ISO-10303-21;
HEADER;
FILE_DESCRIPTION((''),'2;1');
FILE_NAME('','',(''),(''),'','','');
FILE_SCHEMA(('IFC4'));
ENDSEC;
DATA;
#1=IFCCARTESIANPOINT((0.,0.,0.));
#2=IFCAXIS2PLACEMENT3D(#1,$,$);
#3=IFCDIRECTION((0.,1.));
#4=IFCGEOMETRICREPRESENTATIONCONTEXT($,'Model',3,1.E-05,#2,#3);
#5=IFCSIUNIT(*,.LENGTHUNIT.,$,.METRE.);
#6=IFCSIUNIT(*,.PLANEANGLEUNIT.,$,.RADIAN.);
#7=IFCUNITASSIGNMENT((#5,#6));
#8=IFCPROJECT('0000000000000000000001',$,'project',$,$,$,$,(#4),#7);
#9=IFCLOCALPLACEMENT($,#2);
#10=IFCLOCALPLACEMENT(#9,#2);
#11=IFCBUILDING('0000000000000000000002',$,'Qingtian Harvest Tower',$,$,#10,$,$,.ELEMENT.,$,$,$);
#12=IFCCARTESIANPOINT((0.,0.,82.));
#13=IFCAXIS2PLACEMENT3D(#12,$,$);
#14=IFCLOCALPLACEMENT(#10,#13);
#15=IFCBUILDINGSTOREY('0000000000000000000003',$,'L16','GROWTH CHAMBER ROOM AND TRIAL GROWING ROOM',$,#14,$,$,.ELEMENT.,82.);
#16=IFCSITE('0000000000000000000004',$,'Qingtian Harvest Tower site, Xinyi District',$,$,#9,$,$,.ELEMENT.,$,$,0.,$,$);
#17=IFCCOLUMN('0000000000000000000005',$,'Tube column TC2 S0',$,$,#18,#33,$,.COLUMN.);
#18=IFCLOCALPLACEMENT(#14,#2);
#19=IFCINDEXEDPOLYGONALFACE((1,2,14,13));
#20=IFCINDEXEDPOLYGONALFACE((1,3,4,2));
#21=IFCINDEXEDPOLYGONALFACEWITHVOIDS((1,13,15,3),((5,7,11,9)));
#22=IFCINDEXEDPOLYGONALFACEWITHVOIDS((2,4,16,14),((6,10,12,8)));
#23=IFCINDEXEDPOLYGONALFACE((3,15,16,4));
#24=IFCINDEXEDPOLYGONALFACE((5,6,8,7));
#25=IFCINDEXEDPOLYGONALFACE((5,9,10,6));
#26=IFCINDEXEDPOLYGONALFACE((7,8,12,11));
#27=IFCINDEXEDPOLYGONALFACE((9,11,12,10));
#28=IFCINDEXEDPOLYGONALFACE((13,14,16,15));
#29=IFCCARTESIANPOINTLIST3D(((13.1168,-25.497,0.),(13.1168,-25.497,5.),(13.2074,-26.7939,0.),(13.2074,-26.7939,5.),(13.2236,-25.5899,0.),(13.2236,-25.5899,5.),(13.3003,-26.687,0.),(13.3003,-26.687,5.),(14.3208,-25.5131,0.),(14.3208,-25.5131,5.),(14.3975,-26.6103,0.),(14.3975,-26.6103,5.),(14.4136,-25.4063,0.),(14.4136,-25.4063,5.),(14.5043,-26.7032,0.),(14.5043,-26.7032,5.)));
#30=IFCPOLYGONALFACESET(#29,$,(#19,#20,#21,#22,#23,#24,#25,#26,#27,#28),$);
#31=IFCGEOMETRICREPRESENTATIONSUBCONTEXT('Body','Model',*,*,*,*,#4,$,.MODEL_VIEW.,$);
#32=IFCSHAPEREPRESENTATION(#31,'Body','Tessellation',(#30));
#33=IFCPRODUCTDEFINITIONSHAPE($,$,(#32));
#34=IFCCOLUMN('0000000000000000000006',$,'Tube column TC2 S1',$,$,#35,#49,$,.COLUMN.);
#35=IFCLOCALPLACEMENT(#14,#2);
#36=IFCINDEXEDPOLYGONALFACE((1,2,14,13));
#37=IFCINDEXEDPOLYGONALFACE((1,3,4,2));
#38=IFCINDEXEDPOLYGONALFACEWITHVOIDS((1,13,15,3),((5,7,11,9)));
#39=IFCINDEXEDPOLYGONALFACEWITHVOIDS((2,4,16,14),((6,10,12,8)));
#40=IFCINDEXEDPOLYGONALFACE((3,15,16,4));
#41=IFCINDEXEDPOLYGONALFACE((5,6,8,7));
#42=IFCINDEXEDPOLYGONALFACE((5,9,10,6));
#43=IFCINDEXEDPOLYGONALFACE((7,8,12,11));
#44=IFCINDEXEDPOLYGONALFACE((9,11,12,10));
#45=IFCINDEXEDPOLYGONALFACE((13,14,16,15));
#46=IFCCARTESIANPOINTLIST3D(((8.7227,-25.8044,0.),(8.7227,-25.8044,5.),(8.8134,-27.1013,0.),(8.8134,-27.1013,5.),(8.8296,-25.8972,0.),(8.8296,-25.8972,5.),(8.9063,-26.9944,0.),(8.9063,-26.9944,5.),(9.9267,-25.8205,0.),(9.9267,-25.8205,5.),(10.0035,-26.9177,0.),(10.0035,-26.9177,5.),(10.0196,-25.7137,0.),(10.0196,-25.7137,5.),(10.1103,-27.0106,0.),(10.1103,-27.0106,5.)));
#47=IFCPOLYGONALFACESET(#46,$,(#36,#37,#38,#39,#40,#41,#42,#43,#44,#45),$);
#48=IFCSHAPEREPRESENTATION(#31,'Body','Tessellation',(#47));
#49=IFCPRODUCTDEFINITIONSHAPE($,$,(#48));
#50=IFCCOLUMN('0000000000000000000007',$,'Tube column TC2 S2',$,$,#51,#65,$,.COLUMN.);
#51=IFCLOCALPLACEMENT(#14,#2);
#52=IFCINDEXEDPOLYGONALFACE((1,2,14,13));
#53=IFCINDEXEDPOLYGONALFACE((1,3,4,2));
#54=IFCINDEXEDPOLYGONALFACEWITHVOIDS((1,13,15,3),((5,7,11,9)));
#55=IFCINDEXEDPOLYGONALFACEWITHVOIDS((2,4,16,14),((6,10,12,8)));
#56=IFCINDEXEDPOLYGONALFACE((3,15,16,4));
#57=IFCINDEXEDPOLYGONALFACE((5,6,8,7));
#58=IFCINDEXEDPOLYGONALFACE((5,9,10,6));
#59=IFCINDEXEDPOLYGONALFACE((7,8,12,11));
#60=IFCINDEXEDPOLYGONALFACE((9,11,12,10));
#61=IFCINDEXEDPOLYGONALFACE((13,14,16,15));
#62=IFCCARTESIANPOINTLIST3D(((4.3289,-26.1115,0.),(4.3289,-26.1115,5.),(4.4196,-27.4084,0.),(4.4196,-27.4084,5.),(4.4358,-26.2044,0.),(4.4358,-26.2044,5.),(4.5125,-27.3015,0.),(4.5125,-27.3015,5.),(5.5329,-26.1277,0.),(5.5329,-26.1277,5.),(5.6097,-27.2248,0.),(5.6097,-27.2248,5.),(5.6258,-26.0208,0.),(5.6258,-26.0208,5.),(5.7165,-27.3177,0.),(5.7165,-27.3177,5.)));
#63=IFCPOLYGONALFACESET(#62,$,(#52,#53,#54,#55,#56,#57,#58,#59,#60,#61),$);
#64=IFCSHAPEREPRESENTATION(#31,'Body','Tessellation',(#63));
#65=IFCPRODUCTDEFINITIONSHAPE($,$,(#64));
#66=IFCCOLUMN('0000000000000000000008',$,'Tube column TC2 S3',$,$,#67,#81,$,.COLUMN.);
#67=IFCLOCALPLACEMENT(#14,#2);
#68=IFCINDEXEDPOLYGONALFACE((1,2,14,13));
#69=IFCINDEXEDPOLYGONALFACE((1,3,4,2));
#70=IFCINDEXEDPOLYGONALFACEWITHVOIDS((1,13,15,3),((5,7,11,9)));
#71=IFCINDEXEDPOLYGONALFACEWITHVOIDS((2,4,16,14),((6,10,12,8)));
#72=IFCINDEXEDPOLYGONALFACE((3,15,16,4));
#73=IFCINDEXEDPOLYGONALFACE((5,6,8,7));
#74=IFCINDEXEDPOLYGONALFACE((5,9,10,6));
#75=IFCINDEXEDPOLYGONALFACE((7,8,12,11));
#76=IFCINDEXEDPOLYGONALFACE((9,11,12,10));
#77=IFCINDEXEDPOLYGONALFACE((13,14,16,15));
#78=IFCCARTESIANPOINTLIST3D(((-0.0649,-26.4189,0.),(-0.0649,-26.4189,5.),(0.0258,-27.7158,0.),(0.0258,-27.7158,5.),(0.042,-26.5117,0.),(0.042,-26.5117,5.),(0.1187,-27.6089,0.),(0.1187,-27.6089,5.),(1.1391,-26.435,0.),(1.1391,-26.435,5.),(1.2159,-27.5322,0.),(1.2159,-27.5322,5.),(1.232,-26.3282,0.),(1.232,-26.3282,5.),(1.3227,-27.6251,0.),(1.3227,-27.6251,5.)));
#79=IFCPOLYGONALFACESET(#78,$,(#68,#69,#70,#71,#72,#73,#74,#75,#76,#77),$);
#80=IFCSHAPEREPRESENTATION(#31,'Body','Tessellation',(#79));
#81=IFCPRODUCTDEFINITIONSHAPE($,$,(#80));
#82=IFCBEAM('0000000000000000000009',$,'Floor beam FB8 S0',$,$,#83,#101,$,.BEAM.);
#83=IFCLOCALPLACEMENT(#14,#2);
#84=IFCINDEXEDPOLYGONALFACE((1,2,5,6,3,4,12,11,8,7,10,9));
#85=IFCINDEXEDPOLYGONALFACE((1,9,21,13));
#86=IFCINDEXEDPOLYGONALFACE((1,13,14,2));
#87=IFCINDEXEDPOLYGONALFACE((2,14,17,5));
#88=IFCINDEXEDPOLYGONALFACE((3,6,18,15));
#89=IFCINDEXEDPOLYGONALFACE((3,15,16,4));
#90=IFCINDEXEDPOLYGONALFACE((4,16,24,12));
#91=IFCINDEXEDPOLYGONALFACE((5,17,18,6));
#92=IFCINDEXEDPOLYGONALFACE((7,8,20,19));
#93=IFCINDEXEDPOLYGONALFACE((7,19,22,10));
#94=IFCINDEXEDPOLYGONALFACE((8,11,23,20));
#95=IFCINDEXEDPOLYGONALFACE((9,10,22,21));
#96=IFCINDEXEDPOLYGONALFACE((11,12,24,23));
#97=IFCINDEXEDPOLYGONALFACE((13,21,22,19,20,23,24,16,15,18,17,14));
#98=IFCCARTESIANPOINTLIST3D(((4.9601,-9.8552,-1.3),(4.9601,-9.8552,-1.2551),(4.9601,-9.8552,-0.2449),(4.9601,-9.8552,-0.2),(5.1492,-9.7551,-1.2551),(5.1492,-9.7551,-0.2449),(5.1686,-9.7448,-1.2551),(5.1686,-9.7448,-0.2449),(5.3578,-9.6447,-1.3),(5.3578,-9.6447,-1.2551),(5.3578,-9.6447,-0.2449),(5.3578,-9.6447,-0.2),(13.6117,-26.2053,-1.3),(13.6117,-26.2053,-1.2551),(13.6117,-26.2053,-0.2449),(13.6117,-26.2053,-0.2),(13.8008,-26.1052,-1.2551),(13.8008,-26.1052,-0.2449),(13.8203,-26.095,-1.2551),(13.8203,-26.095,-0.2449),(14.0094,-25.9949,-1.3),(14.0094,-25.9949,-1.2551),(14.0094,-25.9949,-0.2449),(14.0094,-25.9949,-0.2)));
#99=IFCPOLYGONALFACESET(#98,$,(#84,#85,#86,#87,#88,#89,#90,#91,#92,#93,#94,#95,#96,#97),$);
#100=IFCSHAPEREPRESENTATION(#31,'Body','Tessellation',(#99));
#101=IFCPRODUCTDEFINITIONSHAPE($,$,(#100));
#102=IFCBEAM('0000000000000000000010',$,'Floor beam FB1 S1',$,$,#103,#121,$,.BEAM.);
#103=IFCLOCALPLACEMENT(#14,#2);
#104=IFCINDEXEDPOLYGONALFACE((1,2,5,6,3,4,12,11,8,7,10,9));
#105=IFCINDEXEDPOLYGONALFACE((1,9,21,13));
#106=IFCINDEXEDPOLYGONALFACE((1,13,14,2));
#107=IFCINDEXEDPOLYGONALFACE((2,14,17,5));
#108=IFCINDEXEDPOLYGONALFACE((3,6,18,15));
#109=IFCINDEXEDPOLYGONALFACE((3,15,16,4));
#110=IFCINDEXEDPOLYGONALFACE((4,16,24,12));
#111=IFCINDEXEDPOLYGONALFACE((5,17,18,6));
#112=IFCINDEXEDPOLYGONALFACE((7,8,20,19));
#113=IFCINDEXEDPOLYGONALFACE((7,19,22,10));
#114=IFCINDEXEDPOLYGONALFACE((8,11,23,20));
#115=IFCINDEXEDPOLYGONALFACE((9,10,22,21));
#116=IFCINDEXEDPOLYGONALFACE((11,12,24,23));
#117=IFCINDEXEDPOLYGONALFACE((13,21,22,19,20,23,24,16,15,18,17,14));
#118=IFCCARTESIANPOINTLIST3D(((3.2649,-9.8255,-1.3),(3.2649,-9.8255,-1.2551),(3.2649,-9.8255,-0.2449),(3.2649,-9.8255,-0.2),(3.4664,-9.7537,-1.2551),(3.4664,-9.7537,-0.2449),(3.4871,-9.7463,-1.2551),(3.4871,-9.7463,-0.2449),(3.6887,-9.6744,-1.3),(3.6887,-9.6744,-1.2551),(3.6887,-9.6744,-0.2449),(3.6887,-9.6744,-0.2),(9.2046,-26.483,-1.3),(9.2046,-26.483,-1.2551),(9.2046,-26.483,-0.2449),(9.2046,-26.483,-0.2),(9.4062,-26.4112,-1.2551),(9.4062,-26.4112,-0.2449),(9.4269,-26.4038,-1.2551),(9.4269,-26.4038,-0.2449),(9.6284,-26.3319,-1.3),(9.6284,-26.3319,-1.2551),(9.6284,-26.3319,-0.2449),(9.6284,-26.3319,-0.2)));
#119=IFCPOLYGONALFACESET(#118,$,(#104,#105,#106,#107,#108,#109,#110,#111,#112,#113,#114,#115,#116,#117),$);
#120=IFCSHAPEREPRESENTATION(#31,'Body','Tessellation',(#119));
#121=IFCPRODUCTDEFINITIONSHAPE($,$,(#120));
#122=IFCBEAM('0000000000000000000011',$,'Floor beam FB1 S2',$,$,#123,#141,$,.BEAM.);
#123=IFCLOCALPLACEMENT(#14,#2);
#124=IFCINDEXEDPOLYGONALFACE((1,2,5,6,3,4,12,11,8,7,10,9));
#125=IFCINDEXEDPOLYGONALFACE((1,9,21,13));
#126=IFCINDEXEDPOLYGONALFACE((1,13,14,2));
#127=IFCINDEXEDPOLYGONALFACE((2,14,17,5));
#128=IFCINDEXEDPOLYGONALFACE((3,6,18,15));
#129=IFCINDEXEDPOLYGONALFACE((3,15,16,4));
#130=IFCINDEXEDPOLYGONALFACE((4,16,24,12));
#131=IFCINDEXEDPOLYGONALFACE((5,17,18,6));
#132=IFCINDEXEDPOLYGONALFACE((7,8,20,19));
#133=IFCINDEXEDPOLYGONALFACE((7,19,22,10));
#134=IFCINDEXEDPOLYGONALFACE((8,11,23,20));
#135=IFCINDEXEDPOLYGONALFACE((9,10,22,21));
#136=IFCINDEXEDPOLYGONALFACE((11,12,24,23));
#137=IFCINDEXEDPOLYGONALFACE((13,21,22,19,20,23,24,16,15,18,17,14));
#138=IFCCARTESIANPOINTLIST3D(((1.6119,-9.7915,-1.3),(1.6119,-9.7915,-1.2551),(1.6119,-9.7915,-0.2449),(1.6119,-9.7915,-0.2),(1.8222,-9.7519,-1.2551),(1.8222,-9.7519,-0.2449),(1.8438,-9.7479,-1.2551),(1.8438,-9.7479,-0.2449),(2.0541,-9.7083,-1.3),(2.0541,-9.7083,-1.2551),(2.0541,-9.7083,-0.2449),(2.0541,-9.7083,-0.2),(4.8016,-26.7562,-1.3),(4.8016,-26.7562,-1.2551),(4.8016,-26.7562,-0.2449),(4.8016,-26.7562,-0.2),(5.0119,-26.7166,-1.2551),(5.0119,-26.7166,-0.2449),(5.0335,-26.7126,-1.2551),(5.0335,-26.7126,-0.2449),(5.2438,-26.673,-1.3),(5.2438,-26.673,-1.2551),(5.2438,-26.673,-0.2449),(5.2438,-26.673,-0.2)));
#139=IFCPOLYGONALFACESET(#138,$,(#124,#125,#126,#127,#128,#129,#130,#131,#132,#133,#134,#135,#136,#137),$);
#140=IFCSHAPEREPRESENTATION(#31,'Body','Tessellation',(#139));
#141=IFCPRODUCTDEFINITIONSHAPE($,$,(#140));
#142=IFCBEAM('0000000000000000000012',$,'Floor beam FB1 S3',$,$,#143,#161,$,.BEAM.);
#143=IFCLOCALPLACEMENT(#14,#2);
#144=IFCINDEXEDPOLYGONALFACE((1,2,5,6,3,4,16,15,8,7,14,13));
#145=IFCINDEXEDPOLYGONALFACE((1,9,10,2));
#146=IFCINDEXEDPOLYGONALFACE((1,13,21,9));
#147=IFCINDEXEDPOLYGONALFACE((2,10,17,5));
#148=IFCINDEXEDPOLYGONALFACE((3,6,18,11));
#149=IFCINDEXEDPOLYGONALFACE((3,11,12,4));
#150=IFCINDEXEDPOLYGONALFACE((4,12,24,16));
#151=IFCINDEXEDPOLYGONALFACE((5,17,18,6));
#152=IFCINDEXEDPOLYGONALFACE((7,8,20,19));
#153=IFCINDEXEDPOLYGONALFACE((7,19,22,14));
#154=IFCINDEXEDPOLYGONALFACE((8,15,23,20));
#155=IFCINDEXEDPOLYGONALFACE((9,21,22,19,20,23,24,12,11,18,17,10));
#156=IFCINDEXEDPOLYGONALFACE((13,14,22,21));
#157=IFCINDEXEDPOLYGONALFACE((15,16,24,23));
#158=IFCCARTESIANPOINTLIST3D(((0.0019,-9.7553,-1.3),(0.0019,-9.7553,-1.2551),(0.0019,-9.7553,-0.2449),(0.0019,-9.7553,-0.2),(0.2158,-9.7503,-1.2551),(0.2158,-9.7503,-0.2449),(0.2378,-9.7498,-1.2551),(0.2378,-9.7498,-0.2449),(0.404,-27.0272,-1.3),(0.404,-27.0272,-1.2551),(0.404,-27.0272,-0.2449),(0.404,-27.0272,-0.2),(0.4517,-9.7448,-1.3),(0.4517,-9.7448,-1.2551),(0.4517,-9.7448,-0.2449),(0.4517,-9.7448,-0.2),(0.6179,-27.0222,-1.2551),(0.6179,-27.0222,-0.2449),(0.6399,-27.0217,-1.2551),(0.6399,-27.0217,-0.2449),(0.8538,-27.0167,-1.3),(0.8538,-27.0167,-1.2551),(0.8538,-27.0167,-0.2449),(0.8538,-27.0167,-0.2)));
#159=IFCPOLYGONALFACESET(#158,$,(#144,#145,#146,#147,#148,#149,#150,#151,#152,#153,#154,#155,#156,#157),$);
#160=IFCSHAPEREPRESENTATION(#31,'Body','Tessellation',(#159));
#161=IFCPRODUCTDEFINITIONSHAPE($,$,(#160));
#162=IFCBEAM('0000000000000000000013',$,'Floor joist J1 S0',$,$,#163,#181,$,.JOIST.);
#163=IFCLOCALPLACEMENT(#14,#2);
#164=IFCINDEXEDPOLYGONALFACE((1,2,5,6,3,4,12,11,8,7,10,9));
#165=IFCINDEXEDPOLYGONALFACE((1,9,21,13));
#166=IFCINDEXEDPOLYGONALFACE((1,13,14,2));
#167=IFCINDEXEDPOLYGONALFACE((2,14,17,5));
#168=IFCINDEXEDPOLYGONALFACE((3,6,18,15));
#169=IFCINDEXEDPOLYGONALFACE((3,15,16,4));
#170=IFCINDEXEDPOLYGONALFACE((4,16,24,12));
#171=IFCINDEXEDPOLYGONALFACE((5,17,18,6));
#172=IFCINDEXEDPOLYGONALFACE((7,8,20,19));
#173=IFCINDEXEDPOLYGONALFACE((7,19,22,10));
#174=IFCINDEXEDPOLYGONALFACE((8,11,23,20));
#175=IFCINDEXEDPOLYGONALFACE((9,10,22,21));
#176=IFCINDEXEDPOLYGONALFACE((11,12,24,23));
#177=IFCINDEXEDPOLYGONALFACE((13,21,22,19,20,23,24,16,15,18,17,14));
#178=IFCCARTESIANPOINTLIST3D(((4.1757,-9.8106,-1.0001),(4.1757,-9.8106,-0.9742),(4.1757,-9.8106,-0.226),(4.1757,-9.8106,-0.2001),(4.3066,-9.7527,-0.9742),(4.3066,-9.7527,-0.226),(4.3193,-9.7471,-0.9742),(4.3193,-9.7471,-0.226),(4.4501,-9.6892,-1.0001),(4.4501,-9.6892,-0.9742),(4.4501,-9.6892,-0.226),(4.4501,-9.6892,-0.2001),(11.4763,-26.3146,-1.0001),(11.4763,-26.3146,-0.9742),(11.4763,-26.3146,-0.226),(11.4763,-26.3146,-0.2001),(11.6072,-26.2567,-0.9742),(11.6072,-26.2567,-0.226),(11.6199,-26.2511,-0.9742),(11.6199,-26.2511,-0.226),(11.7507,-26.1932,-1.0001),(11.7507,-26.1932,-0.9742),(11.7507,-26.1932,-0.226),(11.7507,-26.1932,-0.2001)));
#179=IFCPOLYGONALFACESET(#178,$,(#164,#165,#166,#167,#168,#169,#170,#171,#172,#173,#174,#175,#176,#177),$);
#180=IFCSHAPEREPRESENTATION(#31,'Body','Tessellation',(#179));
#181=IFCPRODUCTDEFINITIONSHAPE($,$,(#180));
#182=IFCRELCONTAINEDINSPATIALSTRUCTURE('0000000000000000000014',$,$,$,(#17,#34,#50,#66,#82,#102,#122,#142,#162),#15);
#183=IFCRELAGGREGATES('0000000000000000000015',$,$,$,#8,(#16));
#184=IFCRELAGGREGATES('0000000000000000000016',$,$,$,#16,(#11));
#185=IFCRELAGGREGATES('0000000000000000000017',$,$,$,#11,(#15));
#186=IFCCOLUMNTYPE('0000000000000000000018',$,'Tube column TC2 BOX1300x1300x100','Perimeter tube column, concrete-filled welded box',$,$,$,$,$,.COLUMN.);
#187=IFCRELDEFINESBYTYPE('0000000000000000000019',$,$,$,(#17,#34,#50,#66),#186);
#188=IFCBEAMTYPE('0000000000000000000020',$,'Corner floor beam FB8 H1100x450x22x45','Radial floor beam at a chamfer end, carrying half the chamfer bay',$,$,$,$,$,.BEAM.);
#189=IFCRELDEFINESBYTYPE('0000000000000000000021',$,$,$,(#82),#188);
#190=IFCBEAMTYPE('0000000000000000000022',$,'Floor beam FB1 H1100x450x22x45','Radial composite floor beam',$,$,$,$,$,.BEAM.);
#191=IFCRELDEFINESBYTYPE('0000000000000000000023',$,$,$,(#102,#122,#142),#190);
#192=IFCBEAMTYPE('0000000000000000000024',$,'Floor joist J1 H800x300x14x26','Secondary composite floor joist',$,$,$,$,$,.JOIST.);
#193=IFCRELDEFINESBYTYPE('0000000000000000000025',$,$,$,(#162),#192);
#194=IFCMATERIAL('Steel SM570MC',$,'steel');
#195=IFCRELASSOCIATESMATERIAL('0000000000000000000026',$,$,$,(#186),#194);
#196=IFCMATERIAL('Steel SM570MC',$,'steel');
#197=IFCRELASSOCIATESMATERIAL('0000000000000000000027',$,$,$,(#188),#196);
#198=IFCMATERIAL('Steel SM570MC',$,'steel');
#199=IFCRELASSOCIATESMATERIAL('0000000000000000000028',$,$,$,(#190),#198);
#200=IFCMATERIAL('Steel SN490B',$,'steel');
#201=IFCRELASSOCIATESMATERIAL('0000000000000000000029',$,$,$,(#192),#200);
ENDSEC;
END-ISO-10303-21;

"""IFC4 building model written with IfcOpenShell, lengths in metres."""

from ifc_helpers import new_model, si_unit, direction, frame, origin, origin_2d, place, context, subcontext, project, spatial, hollow_rectangle, i_section, extrude, material, material_profile, profile_set, type_object, element, save


model = new_model("IFC4")

# Units and contexts
model_context = context("Model", 3, precision=1e-05, world=origin(), true_north=direction((0.0, 1.0)))
body_context = subcontext(model_context, "Body", "Model", "MODEL_VIEW")
ifc_project = project(units=[si_unit("LENGTHUNIT", "METRE"), si_unit("PLANEANGLEUNIT", "RADIAN")], contexts=[model_context])

# Site, building, storey
site_placement = place(None, origin())
site = spatial("IfcSite", under=ifc_project, at=site_placement, Name="Qingtian Harvest Tower site, Xinyi District", CompositionType="ELEMENT", RefElevation=0.0)
building_placement = place(site_placement, origin())
building = spatial("IfcBuilding", under=site, at=building_placement, Name="Qingtian Harvest Tower", CompositionType="ELEMENT")
storey_placement = place(building_placement, frame((0.0, 0.0, 82.0)))
storey = spatial("IfcBuildingStorey", under=building, at=storey_placement, Name="L16", Description="GROWTH CHAMBER ROOM AND TRIAL GROWING ROOM", CompositionType="ELEMENT", Elevation=82.0)

# Columns
ifc_material_1 = material(Name="Steel SM570MC", Category="steel")
ifc_material_profile_1 = material_profile(ifc_material_1, hollow_rectangle(XDim=1.3, YDim=1.3, WallThickness=0.1001, at=origin_2d()), Name="BOX1300x1300x100")
ifc_profile_set_1 = profile_set([ifc_material_profile_1], Name="Steel SM570MC")
column_type = type_object("IfcColumnType", Name="Tube column TC2 BOX1300x1300x100", Description="Perimeter tube column, concrete-filled welded box", PredefinedType="COLUMN", material=ifc_profile_set_1)
for number, where, z_axis, x_axis, name in (
    (1, (13.8105, -26.1001, 0.0), (0.0, 0.0, 1.0), (0.997564, 0.069756, 0.0), "Tube column TC2 S0"),
    (2, (9.4165, -26.4075, 0.0), (0.0, 0.0, 1.0), (0.997564, 0.069756, 0.0), "Tube column TC2 S1"),
    (3, (5.0227, -26.7146, 0.0), (0.0, 0.0, 1.0), (0.997564, 0.069756, 0.0), "Tube column TC2 S2"),
    (4, (0.6289, -27.022, 0.0), (0.0, 0.0, 1.0), (0.997564, 0.069756, 0.0), "Tube column TC2 S3"),
):
    element("IfcColumn", number, at=place(storey_placement, frame(where, z_axis=z_axis, x_axis=x_axis)), inside=storey, type_object=column_type, Name=name, PredefinedType="COLUMN", context=body_context, shape_type="SweptSolid", body=[
        extrude(hollow_rectangle(XDim=1.3, YDim=1.3, WallThickness=0.1001, at=origin_2d()), origin(), (0.0, 0.0, 1.0), 5.0),
    ])

# Beams
ifc_material_2 = material(Name="Steel SM570MC", Category="steel")
ifc_material_profile_2 = material_profile(ifc_material_2, i_section(OverallWidth=0.45, OverallDepth=1.1001, WebThickness=0.022, FlangeThickness=0.0449, at=origin_2d()), Name="H1100x450x22x45")
ifc_profile_set_2 = profile_set([ifc_material_profile_2], Name="Steel SM570MC")
beam_type_1 = type_object("IfcBeamType", Name="Corner floor beam FB8 H1100x450x22x45", Description="Radial floor beam at a chamfer end, carrying half the chamfer bay", PredefinedType="BEAM", material=ifc_profile_set_2)
beam_1_placement = place(storey_placement, frame((13.8105, -26.1001, -0.75), z_axis=(-0.467705, 0.883885, 0.0), x_axis=(-0.883885, -0.467705, 0.0)))
element("IfcBeam", 5, at=beam_1_placement, inside=storey, type_object=beam_type_1, Name="Floor beam FB8 S0", PredefinedType="BEAM", context=body_context, shape_type="SweptSolid", body=[
    extrude(i_section(OverallWidth=0.45, OverallDepth=1.1001, WebThickness=0.022, FlangeThickness=0.0449, at=origin_2d()), origin(), (0.0, 0.0, 1.0), 18.498),
])
ifc_material_3 = material(Name="Steel SM570MC", Category="steel")
ifc_material_profile_3 = material_profile(ifc_material_3, i_section(OverallWidth=0.45, OverallDepth=1.1001, WebThickness=0.022, FlangeThickness=0.0449, at=origin_2d()), Name="H1100x450x22x45")
ifc_profile_set_3 = profile_set([ifc_material_profile_3], Name="Steel SM570MC")
beam_type_2 = type_object("IfcBeamType", Name="Floor beam FB1 H1100x450x22x45", Description="Radial composite floor beam", PredefinedType="BEAM", material=ifc_profile_set_3)
beam_2_placement = place(storey_placement, frame((9.4165, -26.4075, -0.75), z_axis=(-0.335865, 0.94191, 0.0), x_axis=(-0.94191, -0.335865, 0.0)))
element("IfcBeam", 6, at=beam_2_placement, inside=storey, type_object=beam_type_2, Name="Floor beam FB1 S1", PredefinedType="BEAM", context=body_context, shape_type="SweptSolid", body=[
    extrude(i_section(OverallWidth=0.45, OverallDepth=1.1001, WebThickness=0.022, FlangeThickness=0.0449, at=origin_2d()), origin(), (0.0, 0.0, 1.0), 17.6848),
])
beam_3_placement = place(storey_placement, frame((5.0227, -26.7146, -0.75), z_axis=(-0.184783, 0.982779, 0.0), x_axis=(-0.982779, -0.184783, 0.0)))
element("IfcBeam", 7, at=beam_3_placement, inside=storey, type_object=beam_type_2, Name="Floor beam FB1 S2", PredefinedType="BEAM", context=body_context, shape_type="SweptSolid", body=[
    extrude(i_section(OverallWidth=0.45, OverallDepth=1.1001, WebThickness=0.022, FlangeThickness=0.0449, at=origin_2d()), origin(), (0.0, 0.0, 1.0), 17.262),
])
beam_4_placement = place(storey_placement, frame((0.6289, -27.022, -0.75), z_axis=(-0.023274, 0.999729, 0.0), x_axis=(-0.999729, -0.023274, 0.0)))
element("IfcBeam", 8, at=beam_4_placement, inside=storey, type_object=beam_type_2, Name="Floor beam FB1 S3", PredefinedType="BEAM", context=body_context, shape_type="SweptSolid", body=[
    extrude(i_section(OverallWidth=0.45, OverallDepth=1.1001, WebThickness=0.022, FlangeThickness=0.0449, at=origin_2d()), origin(), (0.0, 0.0, 1.0), 17.2766),
])
ifc_material_4 = material(Name="Steel SN490B", Category="steel")
ifc_material_profile_4 = material_profile(ifc_material_4, i_section(OverallWidth=0.3, OverallDepth=0.8, WebThickness=0.0139, FlangeThickness=0.0259, at=origin_2d()), Name="H800x300x14x26")
ifc_profile_set_4 = profile_set([ifc_material_profile_4], Name="Steel SN490B")
beam_type_3 = type_object("IfcBeamType", Name="Floor joist J1 H800x300x14x26", Description="Secondary composite floor joist", PredefinedType="JOIST", material=ifc_profile_set_4)
beam_5_placement = place(storey_placement, frame((11.6135, -26.2539, -0.6001), z_axis=(-0.40454, 0.91452, 0.0), x_axis=(-0.91452, -0.40454, 0.0)))
element("IfcBeam", 9, at=beam_5_placement, inside=storey, type_object=beam_type_3, Name="Floor joist J1 S0", PredefinedType="JOIST", context=body_context, shape_type="SweptSolid", body=[
    extrude(i_section(OverallWidth=0.3, OverallDepth=0.8, WebThickness=0.0139, FlangeThickness=0.0259, at=origin_2d()), origin(), (0.0, 0.0, 1.0), 18.0466),
])

save(model, "model.ifc")
